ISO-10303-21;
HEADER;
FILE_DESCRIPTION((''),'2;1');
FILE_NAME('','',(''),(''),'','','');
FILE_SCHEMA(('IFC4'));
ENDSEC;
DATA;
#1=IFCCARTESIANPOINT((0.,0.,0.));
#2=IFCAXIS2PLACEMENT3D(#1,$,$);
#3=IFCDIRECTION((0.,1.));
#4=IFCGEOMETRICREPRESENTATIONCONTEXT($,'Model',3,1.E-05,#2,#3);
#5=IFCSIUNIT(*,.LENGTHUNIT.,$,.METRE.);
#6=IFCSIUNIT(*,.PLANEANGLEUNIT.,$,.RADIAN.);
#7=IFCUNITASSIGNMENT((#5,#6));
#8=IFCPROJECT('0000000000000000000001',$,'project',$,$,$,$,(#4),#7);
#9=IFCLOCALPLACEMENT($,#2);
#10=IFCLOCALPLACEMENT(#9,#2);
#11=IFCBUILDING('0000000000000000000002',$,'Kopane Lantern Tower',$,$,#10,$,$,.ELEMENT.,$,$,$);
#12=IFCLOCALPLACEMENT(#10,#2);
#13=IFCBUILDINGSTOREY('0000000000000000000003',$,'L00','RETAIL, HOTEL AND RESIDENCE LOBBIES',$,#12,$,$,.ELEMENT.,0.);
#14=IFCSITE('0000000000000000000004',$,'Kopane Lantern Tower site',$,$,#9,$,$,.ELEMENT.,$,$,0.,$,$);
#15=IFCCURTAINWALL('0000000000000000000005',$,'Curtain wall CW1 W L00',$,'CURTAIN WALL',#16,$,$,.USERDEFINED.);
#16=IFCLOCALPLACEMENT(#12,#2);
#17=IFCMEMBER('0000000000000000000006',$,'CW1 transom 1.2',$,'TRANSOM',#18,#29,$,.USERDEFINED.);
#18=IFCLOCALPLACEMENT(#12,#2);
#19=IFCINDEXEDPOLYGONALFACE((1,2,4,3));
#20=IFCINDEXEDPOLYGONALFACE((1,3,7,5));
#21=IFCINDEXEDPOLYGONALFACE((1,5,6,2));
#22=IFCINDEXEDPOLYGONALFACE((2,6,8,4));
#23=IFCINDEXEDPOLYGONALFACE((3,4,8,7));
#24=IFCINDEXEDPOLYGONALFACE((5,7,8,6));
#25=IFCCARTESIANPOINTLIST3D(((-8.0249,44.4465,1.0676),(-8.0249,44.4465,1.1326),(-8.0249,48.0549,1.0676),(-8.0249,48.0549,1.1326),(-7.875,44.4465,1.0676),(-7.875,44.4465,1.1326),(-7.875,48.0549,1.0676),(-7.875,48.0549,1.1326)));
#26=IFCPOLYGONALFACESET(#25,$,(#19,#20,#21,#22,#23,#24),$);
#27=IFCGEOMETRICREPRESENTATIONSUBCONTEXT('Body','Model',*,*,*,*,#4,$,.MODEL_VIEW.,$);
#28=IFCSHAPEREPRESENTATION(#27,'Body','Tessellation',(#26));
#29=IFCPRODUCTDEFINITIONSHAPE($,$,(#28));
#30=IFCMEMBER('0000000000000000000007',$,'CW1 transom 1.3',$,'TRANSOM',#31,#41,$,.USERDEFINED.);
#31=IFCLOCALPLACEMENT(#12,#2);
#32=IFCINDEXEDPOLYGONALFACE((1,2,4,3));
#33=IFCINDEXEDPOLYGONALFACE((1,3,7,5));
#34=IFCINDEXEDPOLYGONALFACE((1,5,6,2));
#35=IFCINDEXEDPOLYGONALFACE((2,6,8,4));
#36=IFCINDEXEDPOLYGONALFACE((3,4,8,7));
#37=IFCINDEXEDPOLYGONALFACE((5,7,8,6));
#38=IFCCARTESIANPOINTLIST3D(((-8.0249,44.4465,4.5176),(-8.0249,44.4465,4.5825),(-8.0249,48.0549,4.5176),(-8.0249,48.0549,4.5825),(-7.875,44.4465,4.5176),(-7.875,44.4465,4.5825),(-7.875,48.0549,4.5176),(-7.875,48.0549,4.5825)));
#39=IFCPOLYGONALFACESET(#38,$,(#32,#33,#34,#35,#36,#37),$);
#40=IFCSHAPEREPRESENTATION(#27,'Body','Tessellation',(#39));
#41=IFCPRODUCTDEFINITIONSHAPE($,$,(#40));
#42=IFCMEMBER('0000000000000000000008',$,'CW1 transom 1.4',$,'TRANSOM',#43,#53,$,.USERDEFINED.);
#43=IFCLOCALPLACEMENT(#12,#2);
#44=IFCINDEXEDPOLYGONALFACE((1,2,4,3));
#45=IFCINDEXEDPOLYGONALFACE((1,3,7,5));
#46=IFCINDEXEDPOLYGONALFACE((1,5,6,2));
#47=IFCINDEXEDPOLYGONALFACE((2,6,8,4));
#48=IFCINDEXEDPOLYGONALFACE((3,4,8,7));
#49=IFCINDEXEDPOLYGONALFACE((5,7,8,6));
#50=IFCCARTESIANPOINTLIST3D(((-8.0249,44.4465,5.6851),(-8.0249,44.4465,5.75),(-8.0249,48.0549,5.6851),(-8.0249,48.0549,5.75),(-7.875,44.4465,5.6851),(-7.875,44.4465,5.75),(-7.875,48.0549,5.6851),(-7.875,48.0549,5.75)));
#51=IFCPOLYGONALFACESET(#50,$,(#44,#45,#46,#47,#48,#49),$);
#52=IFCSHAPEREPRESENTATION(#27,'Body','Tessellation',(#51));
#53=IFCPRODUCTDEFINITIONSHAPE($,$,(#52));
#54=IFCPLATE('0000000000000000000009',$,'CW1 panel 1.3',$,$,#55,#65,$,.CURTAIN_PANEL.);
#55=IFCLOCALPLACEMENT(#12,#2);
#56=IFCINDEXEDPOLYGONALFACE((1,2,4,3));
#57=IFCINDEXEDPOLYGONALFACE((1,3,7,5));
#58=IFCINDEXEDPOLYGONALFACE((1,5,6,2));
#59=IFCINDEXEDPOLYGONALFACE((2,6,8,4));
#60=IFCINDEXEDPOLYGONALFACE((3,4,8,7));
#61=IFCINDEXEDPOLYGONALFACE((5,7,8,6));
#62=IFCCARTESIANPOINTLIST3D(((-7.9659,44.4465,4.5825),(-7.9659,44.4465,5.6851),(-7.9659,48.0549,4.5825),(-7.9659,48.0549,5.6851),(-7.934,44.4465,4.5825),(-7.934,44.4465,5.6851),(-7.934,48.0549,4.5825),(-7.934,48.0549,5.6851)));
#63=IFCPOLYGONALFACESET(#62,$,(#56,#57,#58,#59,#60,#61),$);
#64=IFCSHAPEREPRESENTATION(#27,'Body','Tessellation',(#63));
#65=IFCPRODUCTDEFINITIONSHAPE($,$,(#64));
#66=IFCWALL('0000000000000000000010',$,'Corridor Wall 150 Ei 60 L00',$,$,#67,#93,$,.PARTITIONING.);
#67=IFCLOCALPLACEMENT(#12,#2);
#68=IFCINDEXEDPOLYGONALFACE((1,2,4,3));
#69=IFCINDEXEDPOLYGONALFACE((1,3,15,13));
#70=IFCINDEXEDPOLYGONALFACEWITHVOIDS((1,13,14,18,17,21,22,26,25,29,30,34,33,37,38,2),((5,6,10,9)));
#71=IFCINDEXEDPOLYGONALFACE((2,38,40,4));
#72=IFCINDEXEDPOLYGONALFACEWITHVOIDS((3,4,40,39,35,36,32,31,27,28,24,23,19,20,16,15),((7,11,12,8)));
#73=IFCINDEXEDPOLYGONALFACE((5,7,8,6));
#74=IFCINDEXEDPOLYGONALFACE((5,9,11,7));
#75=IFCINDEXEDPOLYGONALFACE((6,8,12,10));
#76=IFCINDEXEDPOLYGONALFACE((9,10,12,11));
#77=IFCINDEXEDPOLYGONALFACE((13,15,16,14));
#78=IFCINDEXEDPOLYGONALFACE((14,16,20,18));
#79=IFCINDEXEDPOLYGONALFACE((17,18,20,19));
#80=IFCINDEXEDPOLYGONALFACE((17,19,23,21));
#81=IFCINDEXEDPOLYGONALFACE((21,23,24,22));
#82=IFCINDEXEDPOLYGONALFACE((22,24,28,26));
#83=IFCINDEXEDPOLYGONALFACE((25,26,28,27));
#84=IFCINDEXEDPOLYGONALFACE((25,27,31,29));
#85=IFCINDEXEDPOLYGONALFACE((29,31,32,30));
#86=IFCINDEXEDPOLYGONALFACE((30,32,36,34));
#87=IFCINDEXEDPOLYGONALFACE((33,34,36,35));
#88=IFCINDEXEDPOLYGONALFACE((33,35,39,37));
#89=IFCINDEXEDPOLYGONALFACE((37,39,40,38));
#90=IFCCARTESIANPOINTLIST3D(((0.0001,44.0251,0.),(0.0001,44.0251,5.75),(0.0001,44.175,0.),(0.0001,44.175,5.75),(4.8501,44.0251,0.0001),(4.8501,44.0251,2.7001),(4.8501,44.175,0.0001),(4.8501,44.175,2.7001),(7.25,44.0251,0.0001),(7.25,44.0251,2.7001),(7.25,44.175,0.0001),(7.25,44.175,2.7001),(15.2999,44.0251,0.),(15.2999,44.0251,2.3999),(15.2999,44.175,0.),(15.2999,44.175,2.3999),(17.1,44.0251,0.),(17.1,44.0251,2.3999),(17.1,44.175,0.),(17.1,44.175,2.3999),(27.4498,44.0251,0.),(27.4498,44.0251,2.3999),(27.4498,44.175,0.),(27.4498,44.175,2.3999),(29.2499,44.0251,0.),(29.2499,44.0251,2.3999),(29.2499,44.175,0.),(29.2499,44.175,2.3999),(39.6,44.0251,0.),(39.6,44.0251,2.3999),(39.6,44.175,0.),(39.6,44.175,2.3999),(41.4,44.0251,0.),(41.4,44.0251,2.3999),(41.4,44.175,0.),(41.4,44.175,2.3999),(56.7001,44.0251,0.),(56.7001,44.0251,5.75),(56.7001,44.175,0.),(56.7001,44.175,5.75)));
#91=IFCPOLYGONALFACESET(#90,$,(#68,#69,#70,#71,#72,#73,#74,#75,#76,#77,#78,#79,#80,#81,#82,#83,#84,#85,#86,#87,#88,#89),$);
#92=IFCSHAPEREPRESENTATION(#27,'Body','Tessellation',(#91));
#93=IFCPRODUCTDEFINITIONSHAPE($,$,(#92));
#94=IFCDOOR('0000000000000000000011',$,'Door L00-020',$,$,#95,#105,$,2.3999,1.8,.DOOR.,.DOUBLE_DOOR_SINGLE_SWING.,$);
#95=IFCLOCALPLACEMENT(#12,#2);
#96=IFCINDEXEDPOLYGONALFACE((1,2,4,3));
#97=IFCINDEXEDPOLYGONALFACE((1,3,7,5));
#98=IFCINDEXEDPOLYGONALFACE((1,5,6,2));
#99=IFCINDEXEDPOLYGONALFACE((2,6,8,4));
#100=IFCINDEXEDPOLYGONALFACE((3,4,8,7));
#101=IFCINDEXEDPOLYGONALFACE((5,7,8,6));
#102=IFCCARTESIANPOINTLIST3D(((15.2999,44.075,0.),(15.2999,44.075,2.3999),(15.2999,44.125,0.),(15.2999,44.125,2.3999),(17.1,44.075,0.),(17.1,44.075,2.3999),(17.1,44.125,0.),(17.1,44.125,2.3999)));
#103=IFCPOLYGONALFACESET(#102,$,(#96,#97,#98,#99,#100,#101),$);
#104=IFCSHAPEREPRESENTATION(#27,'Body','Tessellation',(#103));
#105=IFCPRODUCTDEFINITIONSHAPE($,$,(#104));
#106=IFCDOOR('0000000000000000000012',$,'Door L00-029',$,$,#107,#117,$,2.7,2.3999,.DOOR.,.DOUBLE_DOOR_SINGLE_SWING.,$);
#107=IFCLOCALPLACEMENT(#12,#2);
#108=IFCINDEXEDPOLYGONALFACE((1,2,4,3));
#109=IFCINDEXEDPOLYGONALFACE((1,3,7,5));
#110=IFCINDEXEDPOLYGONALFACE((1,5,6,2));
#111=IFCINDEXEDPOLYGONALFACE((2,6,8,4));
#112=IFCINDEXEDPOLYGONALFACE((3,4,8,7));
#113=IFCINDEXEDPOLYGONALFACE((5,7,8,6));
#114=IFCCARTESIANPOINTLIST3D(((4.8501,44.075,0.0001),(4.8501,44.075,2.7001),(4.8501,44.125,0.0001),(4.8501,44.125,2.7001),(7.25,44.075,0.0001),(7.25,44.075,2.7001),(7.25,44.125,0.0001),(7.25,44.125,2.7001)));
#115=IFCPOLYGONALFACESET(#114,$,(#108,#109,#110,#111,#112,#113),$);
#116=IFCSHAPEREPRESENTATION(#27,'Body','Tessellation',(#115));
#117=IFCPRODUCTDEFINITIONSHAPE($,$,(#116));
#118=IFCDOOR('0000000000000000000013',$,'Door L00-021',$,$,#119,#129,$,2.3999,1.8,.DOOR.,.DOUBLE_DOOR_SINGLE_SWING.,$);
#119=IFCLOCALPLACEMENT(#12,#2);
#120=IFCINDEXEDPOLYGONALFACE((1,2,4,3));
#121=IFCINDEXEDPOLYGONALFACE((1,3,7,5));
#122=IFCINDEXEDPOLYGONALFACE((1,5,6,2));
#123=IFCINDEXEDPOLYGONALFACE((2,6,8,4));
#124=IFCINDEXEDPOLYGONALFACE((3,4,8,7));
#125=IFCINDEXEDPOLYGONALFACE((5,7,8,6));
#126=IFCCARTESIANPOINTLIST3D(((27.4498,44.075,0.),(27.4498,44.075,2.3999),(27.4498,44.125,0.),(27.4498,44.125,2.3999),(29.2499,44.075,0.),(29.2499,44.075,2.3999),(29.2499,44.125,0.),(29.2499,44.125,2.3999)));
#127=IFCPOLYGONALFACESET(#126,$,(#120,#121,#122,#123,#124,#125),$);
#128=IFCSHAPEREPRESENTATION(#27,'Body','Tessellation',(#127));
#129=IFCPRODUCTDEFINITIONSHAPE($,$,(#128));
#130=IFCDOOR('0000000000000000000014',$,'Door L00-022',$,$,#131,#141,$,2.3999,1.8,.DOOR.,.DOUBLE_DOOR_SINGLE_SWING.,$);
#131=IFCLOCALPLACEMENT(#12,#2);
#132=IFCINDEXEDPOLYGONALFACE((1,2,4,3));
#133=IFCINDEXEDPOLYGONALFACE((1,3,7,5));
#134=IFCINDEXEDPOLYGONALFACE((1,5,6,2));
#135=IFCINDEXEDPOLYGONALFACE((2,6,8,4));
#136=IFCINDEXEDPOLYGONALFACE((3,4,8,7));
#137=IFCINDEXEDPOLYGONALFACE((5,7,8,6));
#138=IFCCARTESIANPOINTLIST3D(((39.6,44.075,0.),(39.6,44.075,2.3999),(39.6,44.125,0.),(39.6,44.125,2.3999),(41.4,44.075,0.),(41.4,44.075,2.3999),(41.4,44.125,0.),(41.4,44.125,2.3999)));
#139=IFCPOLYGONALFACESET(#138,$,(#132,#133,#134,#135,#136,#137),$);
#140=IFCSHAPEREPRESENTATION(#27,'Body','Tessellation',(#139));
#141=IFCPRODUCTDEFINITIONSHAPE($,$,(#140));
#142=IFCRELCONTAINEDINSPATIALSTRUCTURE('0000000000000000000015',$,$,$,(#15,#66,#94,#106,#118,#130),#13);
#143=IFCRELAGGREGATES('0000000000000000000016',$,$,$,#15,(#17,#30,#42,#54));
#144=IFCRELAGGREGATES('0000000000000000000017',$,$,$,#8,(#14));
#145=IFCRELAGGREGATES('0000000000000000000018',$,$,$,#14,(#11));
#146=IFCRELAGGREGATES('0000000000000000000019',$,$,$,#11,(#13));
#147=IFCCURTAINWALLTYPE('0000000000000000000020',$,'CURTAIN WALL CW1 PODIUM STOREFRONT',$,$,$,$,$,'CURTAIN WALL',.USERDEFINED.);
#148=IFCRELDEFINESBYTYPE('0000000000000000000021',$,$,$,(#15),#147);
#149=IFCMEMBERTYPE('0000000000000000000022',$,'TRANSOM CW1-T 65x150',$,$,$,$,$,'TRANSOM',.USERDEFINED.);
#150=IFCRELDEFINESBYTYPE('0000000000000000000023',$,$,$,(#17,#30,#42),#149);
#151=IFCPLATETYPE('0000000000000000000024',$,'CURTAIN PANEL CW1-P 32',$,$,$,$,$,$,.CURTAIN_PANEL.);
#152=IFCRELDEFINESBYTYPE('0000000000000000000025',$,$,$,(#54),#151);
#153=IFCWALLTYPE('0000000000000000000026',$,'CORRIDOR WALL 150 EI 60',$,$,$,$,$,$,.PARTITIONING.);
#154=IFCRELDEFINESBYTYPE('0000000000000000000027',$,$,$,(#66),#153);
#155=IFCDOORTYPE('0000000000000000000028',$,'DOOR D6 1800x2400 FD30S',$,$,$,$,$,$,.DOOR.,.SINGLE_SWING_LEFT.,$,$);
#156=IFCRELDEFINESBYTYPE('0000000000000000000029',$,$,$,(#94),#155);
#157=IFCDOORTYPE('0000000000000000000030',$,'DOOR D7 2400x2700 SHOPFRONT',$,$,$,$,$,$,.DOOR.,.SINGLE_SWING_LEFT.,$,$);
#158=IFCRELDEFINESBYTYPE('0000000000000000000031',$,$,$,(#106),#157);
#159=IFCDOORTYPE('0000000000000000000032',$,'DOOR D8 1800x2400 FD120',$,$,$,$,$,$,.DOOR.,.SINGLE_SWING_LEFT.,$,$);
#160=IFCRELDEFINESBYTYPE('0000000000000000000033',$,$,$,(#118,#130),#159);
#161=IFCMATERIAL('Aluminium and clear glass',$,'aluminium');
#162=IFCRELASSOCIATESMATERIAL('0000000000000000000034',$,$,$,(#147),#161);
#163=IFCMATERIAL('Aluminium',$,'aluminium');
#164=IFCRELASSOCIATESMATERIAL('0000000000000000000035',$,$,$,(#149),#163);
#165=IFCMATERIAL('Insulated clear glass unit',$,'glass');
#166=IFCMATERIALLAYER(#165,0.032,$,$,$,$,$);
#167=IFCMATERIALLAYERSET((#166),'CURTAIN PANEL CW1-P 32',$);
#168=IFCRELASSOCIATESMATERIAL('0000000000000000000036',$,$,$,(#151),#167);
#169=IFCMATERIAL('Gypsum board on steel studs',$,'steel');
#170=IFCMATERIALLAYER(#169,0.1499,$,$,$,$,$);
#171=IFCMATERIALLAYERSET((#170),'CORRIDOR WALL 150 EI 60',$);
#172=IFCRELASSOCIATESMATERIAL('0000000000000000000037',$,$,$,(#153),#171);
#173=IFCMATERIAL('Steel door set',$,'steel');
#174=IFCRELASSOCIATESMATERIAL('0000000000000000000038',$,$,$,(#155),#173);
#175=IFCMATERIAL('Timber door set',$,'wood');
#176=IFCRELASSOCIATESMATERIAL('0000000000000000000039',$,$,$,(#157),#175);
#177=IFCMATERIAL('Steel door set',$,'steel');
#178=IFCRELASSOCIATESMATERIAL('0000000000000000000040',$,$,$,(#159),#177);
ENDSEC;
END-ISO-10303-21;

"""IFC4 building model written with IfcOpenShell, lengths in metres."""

from ifc_helpers import new_model, si_unit, direction, frame, frame_2d, origin, origin_2d, place, context, subcontext, project, spatial, rectangle, extrude, material, layer, layer_set, material_profile, profile_set, type_object, element, fill, aggregate, save


model = new_model("IFC4")

# Units and contexts
model_context = context("Model", 3, precision=1e-05, world=origin(), true_north=direction((0.0, 1.0)))
body_context = subcontext(model_context, "Body", "Model", "MODEL_VIEW")
ifc_project = project(units=[si_unit("LENGTHUNIT", "METRE"), si_unit("PLANEANGLEUNIT", "RADIAN")], contexts=[model_context])

# Site, building, storey
site_placement = place(None, origin())
site = spatial("IfcSite", under=ifc_project, at=site_placement, Name="Kopane Lantern Tower site", CompositionType="ELEMENT", RefElevation=0.0)
building_placement = place(site_placement, origin())
building = spatial("IfcBuilding", under=site, at=building_placement, Name="Kopane Lantern Tower", CompositionType="ELEMENT")
storey_placement = place(building_placement, origin())
storey = spatial("IfcBuildingStorey", under=building, at=storey_placement, Name="L00", Description="RETAIL, HOTEL AND RESIDENCE LOBBIES", CompositionType="ELEMENT", Elevation=0.0)

# Curtain wall, members, plate
ifc_material_1 = material(Name="Aluminium and clear glass", Category="aluminium")
curtain_wall_type = type_object("IfcCurtainWallType", Name="CURTAIN WALL CW1 PODIUM STOREFRONT", ElementType="CURTAIN WALL", PredefinedType="USERDEFINED", material=ifc_material_1)
curtain_wall_placement = place(storey_placement, origin())
curtain_wall = element("IfcCurtainWall", 1, at=curtain_wall_placement, inside=storey, type_object=curtain_wall_type, Name="Curtain wall CW1 W L00", ObjectType="CURTAIN WALL", PredefinedType="USERDEFINED")
ifc_material_2 = material(Name="Aluminium", Category="aluminium")
ifc_material_profile_1 = material_profile(ifc_material_2, rectangle(XDim=0.1499, YDim=0.0649, at=origin_2d()), Name="AL 150x65")
ifc_profile_set_1 = profile_set([ifc_material_profile_1], Name="Aluminium")
member_type_1 = type_object("IfcMemberType", Name="TRANSOM CW1-T 65x150", ElementType="TRANSOM", PredefinedType="USERDEFINED", material=ifc_profile_set_1)
member_1_placement = place(storey_placement, frame((-7.95, 48.0549, 1.1001), z_axis=(0.0, -1.0, 0.0), x_axis=(1.0, 0.0, 0.0)))
member_1 = element("IfcMember", 2, at=member_1_placement, type_object=member_type_1, Name="CW1 transom 1.2", ObjectType="TRANSOM", PredefinedType="USERDEFINED", context=body_context, shape_type="SweptSolid", body=[
    extrude(rectangle(XDim=0.1499, YDim=0.0649, at=origin_2d()), origin(), (0.0, 0.0, 1.0), 3.6084),
])
member_2_placement = place(storey_placement, frame((-7.95, 48.0549, 4.55), z_axis=(0.0, -1.0, 0.0), x_axis=(1.0, 0.0, 0.0)))
member_2 = element("IfcMember", 3, at=member_2_placement, type_object=member_type_1, Name="CW1 transom 1.3", ObjectType="TRANSOM", PredefinedType="USERDEFINED", context=body_context, shape_type="SweptSolid", body=[
    extrude(rectangle(XDim=0.1499, YDim=0.0649, at=origin_2d()), origin(), (0.0, 0.0, 1.0), 3.6084),
])
member_3_placement = place(storey_placement, frame((-7.95, 48.0549, 5.7175), z_axis=(0.0, -1.0, 0.0), x_axis=(1.0, 0.0, 0.0)))
member_3 = element("IfcMember", 4, at=member_3_placement, type_object=member_type_1, Name="CW1 transom 1.4", ObjectType="TRANSOM", PredefinedType="USERDEFINED", context=body_context, shape_type="SweptSolid", body=[
    extrude(rectangle(XDim=0.1499, YDim=0.0649, at=origin_2d()), origin(), (0.0, 0.0, 1.0), 3.6084),
])
ifc_material_3 = material(Name="Insulated clear glass unit", Category="glass")
ifc_layer_1 = layer(ifc_material_3, 0.032)
ifc_layer_set_1 = layer_set([ifc_layer_1], Name="CURTAIN PANEL CW1-P 32")
plate_type = type_object("IfcPlateType", Name="CURTAIN PANEL CW1-P 32", PredefinedType="CURTAIN_PANEL", material=ifc_layer_set_1)
plate_placement = place(storey_placement, frame((-7.95, 46.2507, 4.5825), z_axis=(0.0, 0.0, 1.0), x_axis=(0.0, -1.0, 0.0)))
plate = element("IfcPlate", 5, at=plate_placement, type_object=plate_type, Name="CW1 panel 1.3", PredefinedType="CURTAIN_PANEL", context=body_context, shape_type="SweptSolid", body=[
    extrude(rectangle(XDim=3.6084, YDim=0.032, at=origin_2d()), origin(), (0.0, 0.0, 1.0), 1.1025),
])
aggregate(curtain_wall, [member_1, member_2, member_3, plate])

# Wall, openings, doors
ifc_material_4 = material(Name="Gypsum board on steel studs", Category="steel")
ifc_layer_2 = layer(ifc_material_4, 0.1499)
ifc_layer_set_2 = layer_set([ifc_layer_2], Name="CORRIDOR WALL 150 EI 60")
wall_type_1 = type_object("IfcWallType", Name="CORRIDOR WALL 150 EI 60", PredefinedType="PARTITIONING", material=ifc_layer_set_2)
wall_1_placement = place(storey_placement, frame((0.0, 44.1001, 0.0), z_axis=(0.0, 0.0, 1.0), x_axis=(1.0, 0.0, 0.0)))
wall_1 = element("IfcWall", 6, at=wall_1_placement, inside=storey, type_object=wall_type_1, Name="Corridor Wall 150 Ei 60 L00", PredefinedType="PARTITIONING", context=body_context, shape_type="SweptSolid", body=[
    extrude(rectangle(XDim=56.7, YDim=0.1499, at=frame_2d((28.3501, 0.0))), origin(), (0.0, 0.0, 1.0), 5.75),
])
opening_1_placement = place(wall_1_placement, frame((15.3, 0.0, 0.0)))
opening_1 = element("IfcOpeningElement", 7, at=opening_1_placement, cuts=wall_1, PredefinedType="OPENING", context=body_context, shape_type="SweptSolid", body=[
    extrude(rectangle(XDim=1.8, YDim=2.3999, at=frame_2d((0.8999, 1.2))), frame((0.0, 0.085, 0.0), z_axis=(0.0, -1.0, 0.0), x_axis=(1.0, 0.0, 0.0)), (0.0, 0.0, 1.0), 0.1699),
])
opening_2_placement = place(wall_1_placement, frame((27.45, 0.0, 0.0)))
opening_2 = element("IfcOpeningElement", 8, at=opening_2_placement, cuts=wall_1, PredefinedType="OPENING", context=body_context, shape_type="SweptSolid", body=[
    extrude(rectangle(XDim=1.8, YDim=2.3999, at=frame_2d((0.8999, 1.2))), frame((0.0, 0.085, 0.0), z_axis=(0.0, -1.0, 0.0), x_axis=(1.0, 0.0, 0.0)), (0.0, 0.0, 1.0), 0.1699),
])
opening_3_placement = place(wall_1_placement, frame((39.6001, 0.0, 0.0)))
opening_3 = element("IfcOpeningElement", 9, at=opening_3_placement, cuts=wall_1, PredefinedType="OPENING", context=body_context, shape_type="SweptSolid", body=[
    extrude(rectangle(XDim=1.8, YDim=2.3999, at=frame_2d((0.8999, 1.2))), frame((0.0, 0.085, 0.0), z_axis=(0.0, -1.0, 0.0), x_axis=(1.0, 0.0, 0.0)), (0.0, 0.0, 1.0), 0.1699),
])
opening_4_placement = place(wall_1_placement, frame((4.8501, 0.0, 0.0)))
opening_4 = element("IfcOpeningElement", 10, at=opening_4_placement, cuts=wall_1, PredefinedType="OPENING", context=body_context, shape_type="SweptSolid", body=[
    extrude(rectangle(XDim=2.3999, YDim=2.7, at=frame_2d((1.2, 1.3501))), frame((0.0, 0.085, 0.0), z_axis=(0.0, -1.0, 0.0), x_axis=(1.0, 0.0, 0.0)), (0.0, 0.0, 1.0), 0.1699),
])
ifc_material_5 = material(Name="Steel door set", Category="steel")
door_type_1 = type_object("IfcDoorType", Name="DOOR D6 1800x2400 FD30S", OperationType="SINGLE_SWING_LEFT", PredefinedType="DOOR", material=ifc_material_5)
door_1_placement = place(opening_1_placement, origin())
door_1 = element("IfcDoor", 11, at=door_1_placement, inside=storey, type_object=door_type_1, Name="Door L00-020", OperationType="DOUBLE_DOOR_SINGLE_SWING", OverallHeight=2.3999, OverallWidth=1.8, PredefinedType="DOOR", context=body_context, shape_type="SweptSolid", body=[
    extrude(rectangle(XDim=1.8, YDim=2.3999, at=frame_2d((0.8999, 1.2))), frame((0.0, 0.0249, 0.0), z_axis=(0.0, -1.0, 0.0), x_axis=(1.0, 0.0, 0.0)), (0.0, 0.0, 1.0), 0.05),
])
fill(opening_1, door_1)
ifc_material_6 = material(Name="Timber door set", Category="wood")
door_type_2 = type_object("IfcDoorType", Name="DOOR D7 2400x2700 SHOPFRONT", OperationType="SINGLE_SWING_LEFT", PredefinedType="DOOR", material=ifc_material_6)
door_2_placement = place(opening_4_placement, origin())
door_2 = element("IfcDoor", 12, at=door_2_placement, inside=storey, type_object=door_type_2, Name="Door L00-029", OperationType="DOUBLE_DOOR_SINGLE_SWING", OverallHeight=2.7, OverallWidth=2.3999, PredefinedType="DOOR", context=body_context, shape_type="SweptSolid", body=[
    extrude(rectangle(XDim=2.3999, YDim=2.7, at=frame_2d((1.2, 1.3501))), frame((0.0, 0.0249, 0.0), z_axis=(0.0, -1.0, 0.0), x_axis=(1.0, 0.0, 0.0)), (0.0, 0.0, 1.0), 0.05),
])
fill(opening_4, door_2)
ifc_material_7 = material(Name="Steel door set", Category="steel")
door_type_3 = type_object("IfcDoorType", Name="DOOR D8 1800x2400 FD120", OperationType="SINGLE_SWING_LEFT", PredefinedType="DOOR", material=ifc_material_7)
door_3_placement = place(opening_2_placement, origin())
door_3 = element("IfcDoor", 13, at=door_3_placement, inside=storey, type_object=door_type_3, Name="Door L00-021", OperationType="DOUBLE_DOOR_SINGLE_SWING", OverallHeight=2.3999, OverallWidth=1.8, PredefinedType="DOOR", context=body_context, shape_type="SweptSolid", body=[
    extrude(rectangle(XDim=1.8, YDim=2.3999, at=frame_2d((0.8999, 1.2))), frame((0.0, 0.0249, 0.0), z_axis=(0.0, -1.0, 0.0), x_axis=(1.0, 0.0, 0.0)), (0.0, 0.0, 1.0), 0.05),
])
fill(opening_2, door_3)
door_4_placement = place(opening_3_placement, origin())
door_4 = element("IfcDoor", 14, at=door_4_placement, inside=storey, type_object=door_type_3, Name="Door L00-022", OperationType="DOUBLE_DOOR_SINGLE_SWING", OverallHeight=2.3999, OverallWidth=1.8, PredefinedType="DOOR", context=body_context, shape_type="SweptSolid", body=[
    extrude(rectangle(XDim=1.8, YDim=2.3999, at=frame_2d((0.8999, 1.2))), frame((0.0, 0.0249, 0.0), z_axis=(0.0, -1.0, 0.0), x_axis=(1.0, 0.0, 0.0)), (0.0, 0.0, 1.0), 0.05),
])
fill(opening_3, door_4)

save(model, "model.ifc")
